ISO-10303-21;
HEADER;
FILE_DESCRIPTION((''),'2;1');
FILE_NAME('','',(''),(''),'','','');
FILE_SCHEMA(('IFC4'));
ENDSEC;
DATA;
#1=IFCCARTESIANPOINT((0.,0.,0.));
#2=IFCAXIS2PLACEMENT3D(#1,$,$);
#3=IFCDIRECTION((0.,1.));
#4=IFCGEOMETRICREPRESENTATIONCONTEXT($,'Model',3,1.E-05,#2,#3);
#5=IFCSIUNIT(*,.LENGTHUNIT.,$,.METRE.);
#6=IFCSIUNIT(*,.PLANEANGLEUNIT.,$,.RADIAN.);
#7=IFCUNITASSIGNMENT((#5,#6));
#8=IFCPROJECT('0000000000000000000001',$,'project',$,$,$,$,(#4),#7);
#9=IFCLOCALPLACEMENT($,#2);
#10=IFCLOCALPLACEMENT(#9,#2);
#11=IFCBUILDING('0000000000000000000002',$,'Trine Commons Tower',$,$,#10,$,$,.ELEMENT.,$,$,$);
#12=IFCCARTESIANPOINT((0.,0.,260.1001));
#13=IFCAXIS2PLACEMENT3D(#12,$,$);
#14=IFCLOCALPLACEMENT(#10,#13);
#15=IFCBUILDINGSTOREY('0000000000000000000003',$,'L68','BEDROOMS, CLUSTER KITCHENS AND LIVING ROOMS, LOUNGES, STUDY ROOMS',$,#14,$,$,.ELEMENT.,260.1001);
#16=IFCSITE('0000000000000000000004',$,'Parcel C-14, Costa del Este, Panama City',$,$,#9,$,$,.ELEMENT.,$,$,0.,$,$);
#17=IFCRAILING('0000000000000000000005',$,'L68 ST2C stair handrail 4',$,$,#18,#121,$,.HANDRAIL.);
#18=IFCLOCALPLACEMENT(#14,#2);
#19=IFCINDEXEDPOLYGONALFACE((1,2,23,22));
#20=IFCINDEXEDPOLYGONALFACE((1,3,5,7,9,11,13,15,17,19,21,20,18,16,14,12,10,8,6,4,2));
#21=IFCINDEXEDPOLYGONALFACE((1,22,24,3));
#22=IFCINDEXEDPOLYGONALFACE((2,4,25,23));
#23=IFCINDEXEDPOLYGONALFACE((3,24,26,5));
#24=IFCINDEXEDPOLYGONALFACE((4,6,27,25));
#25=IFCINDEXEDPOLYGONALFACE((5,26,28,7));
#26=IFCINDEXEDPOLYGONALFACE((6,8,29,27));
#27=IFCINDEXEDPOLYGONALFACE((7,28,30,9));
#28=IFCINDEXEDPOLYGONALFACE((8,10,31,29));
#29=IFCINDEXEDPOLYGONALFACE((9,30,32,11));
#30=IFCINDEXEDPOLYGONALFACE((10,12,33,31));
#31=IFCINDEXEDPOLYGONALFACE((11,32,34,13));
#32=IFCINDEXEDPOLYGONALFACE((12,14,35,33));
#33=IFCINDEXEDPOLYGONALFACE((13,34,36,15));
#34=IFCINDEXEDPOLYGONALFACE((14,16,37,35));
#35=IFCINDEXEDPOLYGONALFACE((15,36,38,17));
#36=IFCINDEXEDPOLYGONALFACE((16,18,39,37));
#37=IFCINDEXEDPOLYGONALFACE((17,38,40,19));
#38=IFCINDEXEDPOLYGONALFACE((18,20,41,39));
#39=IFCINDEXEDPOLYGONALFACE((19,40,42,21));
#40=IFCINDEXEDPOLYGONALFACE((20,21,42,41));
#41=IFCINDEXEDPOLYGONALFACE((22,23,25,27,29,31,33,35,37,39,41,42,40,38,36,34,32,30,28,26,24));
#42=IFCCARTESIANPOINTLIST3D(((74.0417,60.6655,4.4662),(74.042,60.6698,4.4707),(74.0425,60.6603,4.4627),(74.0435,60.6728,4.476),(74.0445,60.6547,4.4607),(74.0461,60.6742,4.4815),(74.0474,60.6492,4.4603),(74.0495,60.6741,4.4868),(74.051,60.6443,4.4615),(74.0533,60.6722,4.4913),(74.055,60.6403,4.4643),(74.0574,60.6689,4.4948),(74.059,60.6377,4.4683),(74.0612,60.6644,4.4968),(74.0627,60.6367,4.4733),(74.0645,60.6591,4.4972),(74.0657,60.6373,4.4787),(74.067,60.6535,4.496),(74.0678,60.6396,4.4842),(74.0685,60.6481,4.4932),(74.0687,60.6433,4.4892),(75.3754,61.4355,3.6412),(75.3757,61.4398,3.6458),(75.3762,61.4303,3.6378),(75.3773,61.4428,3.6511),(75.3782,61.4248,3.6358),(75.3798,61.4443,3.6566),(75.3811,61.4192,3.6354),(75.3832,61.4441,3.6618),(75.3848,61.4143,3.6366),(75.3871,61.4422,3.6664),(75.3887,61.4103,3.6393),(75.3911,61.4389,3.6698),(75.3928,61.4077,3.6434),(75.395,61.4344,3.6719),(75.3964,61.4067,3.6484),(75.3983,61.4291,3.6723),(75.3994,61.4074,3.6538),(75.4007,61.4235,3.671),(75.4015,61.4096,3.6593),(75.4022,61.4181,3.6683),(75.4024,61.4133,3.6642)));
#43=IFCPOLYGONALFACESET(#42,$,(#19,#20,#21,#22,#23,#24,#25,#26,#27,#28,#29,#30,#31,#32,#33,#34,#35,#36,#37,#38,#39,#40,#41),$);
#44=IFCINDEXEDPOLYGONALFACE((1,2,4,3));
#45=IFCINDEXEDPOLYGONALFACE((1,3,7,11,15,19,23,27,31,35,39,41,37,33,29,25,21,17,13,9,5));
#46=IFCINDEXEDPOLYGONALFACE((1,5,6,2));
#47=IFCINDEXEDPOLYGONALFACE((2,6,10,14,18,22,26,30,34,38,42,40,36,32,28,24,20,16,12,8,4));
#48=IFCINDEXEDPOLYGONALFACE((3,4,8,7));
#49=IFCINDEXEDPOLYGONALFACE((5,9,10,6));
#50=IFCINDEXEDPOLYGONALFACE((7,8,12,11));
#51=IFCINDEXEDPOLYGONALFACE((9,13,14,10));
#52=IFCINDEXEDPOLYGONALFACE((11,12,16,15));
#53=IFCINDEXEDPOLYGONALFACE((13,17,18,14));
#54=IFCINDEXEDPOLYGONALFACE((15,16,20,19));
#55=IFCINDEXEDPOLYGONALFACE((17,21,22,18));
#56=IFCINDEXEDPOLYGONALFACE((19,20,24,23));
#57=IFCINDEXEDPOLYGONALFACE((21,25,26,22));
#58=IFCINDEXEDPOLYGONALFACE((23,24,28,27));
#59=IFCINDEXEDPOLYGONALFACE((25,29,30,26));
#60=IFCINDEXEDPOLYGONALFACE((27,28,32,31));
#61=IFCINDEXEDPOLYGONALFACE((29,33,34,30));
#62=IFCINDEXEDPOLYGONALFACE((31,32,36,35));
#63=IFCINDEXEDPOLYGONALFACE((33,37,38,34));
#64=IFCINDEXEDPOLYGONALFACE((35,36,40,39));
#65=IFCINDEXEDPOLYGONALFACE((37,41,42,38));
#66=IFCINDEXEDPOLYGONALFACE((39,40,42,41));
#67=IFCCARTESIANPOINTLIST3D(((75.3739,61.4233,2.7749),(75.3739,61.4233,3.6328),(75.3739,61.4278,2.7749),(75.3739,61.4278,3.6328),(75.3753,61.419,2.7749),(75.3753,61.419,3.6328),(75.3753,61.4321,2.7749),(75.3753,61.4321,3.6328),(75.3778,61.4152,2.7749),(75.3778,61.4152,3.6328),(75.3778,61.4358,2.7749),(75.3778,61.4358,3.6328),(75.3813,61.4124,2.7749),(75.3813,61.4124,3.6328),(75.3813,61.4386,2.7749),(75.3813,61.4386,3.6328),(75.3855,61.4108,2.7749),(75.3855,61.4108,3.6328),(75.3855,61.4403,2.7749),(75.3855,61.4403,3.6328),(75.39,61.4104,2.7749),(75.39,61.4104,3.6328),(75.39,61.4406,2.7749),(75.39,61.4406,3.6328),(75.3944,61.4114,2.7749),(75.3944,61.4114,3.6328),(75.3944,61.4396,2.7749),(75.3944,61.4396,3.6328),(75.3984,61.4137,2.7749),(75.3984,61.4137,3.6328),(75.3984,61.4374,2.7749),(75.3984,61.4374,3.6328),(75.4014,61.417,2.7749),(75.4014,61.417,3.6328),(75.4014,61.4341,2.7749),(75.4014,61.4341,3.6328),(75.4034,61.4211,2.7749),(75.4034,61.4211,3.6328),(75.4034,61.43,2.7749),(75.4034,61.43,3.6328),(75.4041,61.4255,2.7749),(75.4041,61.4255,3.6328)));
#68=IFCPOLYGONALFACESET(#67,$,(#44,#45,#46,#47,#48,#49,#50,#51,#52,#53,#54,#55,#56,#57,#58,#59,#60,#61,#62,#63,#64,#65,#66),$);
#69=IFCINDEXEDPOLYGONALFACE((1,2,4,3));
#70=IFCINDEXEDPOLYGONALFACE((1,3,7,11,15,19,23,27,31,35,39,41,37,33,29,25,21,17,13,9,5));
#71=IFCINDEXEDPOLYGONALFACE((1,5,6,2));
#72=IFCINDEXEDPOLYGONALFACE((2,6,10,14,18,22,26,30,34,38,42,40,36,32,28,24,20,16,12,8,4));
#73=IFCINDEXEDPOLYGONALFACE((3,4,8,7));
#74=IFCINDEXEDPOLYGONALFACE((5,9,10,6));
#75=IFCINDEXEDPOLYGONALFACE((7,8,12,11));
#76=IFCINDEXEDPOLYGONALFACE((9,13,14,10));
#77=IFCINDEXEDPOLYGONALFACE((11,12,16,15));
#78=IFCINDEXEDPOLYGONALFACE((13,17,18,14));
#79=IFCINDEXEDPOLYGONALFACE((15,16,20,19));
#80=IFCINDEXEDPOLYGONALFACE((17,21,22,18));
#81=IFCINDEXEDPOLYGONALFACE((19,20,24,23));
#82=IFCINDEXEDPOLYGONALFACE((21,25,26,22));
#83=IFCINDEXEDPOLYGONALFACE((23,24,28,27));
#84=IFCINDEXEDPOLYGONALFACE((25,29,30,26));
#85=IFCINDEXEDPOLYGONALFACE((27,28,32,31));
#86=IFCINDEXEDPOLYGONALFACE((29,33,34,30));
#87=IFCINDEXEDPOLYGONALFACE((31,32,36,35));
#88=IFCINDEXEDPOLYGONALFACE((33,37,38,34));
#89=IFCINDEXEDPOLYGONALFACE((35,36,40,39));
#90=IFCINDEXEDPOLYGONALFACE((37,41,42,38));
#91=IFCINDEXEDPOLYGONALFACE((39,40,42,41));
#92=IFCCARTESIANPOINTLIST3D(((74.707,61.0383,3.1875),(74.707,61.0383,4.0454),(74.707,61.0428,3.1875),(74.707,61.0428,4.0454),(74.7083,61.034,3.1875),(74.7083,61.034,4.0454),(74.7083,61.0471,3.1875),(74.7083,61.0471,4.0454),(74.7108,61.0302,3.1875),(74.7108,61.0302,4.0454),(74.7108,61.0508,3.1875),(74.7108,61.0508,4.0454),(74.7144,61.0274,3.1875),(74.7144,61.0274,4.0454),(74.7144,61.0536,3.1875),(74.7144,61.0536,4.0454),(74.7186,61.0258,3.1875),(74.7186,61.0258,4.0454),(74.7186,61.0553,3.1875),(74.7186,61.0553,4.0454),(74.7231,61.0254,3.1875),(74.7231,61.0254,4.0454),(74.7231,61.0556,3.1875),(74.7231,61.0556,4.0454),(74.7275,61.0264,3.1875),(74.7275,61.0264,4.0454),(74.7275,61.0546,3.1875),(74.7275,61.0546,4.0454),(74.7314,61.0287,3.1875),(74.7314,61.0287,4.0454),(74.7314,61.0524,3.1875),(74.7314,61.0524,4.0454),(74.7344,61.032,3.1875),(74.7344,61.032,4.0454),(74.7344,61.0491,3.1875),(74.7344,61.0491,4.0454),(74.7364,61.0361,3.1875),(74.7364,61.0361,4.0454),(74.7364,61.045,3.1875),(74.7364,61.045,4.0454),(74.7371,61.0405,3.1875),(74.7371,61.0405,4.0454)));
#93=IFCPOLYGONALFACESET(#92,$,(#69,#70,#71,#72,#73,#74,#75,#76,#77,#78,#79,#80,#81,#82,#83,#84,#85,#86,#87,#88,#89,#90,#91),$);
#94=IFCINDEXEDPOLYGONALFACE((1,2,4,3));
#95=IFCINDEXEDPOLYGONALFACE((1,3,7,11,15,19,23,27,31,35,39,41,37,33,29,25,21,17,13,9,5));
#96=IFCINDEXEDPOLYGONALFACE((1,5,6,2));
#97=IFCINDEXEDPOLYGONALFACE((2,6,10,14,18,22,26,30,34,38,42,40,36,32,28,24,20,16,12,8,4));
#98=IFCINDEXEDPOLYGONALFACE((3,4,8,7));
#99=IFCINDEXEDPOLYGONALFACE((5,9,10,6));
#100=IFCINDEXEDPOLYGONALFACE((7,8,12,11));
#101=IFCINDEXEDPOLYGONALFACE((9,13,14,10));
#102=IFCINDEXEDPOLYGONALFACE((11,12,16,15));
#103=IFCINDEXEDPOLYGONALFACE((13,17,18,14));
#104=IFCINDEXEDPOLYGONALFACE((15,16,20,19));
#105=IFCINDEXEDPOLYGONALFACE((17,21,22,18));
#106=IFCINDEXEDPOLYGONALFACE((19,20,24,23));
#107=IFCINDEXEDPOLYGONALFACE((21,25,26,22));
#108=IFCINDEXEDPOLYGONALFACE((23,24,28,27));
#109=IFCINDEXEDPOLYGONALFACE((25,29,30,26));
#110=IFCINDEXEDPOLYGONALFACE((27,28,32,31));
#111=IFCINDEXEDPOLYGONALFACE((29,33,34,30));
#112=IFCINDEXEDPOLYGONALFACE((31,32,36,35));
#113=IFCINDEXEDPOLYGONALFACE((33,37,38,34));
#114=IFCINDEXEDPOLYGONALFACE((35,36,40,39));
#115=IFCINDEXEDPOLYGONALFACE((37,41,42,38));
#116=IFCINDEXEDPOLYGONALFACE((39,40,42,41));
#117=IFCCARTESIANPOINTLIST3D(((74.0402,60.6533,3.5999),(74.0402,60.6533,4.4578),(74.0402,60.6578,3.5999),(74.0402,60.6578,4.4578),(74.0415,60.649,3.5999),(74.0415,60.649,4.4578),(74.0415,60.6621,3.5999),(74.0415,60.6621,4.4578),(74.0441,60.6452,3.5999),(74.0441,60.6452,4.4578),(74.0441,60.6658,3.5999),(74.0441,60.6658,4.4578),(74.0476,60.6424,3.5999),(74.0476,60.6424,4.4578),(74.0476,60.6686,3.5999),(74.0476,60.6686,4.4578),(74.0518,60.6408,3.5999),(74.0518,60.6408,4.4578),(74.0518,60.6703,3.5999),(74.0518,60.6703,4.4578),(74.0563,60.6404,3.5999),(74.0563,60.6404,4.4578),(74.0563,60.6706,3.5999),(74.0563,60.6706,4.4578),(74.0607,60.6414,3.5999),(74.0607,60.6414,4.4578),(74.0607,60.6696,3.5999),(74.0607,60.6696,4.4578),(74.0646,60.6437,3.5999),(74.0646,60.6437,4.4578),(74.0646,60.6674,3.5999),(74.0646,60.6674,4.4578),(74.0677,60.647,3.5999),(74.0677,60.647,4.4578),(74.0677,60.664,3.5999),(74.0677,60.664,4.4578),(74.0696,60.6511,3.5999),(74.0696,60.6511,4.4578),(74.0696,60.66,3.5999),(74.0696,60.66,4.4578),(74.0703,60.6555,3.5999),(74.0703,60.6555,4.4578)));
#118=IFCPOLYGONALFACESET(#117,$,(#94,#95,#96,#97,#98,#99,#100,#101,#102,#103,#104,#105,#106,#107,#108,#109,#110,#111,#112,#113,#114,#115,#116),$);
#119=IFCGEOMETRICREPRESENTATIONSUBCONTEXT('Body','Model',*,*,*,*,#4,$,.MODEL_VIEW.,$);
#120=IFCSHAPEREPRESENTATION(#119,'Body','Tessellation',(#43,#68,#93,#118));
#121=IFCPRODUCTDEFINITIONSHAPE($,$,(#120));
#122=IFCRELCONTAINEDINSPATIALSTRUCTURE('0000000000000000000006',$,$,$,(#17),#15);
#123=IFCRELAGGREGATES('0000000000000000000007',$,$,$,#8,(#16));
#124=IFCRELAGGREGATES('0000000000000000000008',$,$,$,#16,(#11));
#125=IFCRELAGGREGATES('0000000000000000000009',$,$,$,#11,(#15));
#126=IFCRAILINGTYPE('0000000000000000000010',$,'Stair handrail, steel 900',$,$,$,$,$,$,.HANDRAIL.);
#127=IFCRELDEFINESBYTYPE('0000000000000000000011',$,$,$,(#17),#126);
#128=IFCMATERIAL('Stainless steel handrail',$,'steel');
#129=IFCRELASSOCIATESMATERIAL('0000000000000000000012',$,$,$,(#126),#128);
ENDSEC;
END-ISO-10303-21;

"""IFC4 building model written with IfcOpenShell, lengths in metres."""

from ifc_helpers import new_model, si_unit, direction, frame, origin, origin_2d, place, context, subcontext, project, spatial, circle, extrude, material, type_object, element, save


model = new_model("IFC4")

# Units and contexts
model_context = context("Model", 3, precision=1e-05, world=origin(), true_north=direction((0.0, 1.0)))
body_context = subcontext(model_context, "Body", "Model", "MODEL_VIEW")
ifc_project = project(units=[si_unit("LENGTHUNIT", "METRE"), si_unit("PLANEANGLEUNIT", "RADIAN")], contexts=[model_context])

# Site, building, storey
site_placement = place(None, origin())
site = spatial("IfcSite", under=ifc_project, at=site_placement, Name="Parcel C-14, Costa del Este, Panama City", CompositionType="ELEMENT", RefElevation=0.0)
building_placement = place(site_placement, origin())
building = spatial("IfcBuilding", under=site, at=building_placement, Name="Trine Commons Tower", CompositionType="ELEMENT")
storey_placement = place(building_placement, frame((0.0, 0.0, 260.1001)))
storey = spatial("IfcBuildingStorey", under=building, at=storey_placement, Name="L68", Description="BEDROOMS, CLUSTER KITCHENS AND LIVING ROOMS, LOUNGES, STUDY ROOMS", CompositionType="ELEMENT", Elevation=260.1001)

# Railing
ifc_material_1 = material(Name="Stainless steel handrail", Category="steel")
railing_type_1 = type_object("IfcRailingType", Name="Stair handrail, steel 900", PredefinedType="HANDRAIL", material=ifc_material_1)
for number, where, name in (
    (1, (75.3889, 61.4255, 2.7749), "L68 ST2C stair handrail 4"),
):
    element("IfcRailing", number, at=place(storey_placement, frame(where)), inside=storey, type_object=railing_type_1, Name=name, PredefinedType="HANDRAIL", context=body_context, shape_type="SweptSolid", body=[
        extrude(circle(Radius=0.021, at=origin_2d()), frame((0.0, 0.0, 0.8789), z_axis=(-0.763405, -0.440743, 0.472185), x_axis=(0.499992, -0.86603, 0.0)), (0.0, 0.0, 1.0), 1.7471),
        extrude(circle(Radius=0.0151, at=origin_2d()), origin(), (0.0, 0.0, 1.0), 0.8579),
        extrude(circle(Radius=0.0151, at=origin_2d()), frame((-0.667, -0.385, 0.4126)), (0.0, 0.0, 1.0), 0.8579),
        extrude(circle(Radius=0.0151, at=origin_2d()), frame((-1.3337, -0.77, 0.825)), (0.0, 0.0, 1.0), 0.8579),
    ])

save(model, "model.ifc")
